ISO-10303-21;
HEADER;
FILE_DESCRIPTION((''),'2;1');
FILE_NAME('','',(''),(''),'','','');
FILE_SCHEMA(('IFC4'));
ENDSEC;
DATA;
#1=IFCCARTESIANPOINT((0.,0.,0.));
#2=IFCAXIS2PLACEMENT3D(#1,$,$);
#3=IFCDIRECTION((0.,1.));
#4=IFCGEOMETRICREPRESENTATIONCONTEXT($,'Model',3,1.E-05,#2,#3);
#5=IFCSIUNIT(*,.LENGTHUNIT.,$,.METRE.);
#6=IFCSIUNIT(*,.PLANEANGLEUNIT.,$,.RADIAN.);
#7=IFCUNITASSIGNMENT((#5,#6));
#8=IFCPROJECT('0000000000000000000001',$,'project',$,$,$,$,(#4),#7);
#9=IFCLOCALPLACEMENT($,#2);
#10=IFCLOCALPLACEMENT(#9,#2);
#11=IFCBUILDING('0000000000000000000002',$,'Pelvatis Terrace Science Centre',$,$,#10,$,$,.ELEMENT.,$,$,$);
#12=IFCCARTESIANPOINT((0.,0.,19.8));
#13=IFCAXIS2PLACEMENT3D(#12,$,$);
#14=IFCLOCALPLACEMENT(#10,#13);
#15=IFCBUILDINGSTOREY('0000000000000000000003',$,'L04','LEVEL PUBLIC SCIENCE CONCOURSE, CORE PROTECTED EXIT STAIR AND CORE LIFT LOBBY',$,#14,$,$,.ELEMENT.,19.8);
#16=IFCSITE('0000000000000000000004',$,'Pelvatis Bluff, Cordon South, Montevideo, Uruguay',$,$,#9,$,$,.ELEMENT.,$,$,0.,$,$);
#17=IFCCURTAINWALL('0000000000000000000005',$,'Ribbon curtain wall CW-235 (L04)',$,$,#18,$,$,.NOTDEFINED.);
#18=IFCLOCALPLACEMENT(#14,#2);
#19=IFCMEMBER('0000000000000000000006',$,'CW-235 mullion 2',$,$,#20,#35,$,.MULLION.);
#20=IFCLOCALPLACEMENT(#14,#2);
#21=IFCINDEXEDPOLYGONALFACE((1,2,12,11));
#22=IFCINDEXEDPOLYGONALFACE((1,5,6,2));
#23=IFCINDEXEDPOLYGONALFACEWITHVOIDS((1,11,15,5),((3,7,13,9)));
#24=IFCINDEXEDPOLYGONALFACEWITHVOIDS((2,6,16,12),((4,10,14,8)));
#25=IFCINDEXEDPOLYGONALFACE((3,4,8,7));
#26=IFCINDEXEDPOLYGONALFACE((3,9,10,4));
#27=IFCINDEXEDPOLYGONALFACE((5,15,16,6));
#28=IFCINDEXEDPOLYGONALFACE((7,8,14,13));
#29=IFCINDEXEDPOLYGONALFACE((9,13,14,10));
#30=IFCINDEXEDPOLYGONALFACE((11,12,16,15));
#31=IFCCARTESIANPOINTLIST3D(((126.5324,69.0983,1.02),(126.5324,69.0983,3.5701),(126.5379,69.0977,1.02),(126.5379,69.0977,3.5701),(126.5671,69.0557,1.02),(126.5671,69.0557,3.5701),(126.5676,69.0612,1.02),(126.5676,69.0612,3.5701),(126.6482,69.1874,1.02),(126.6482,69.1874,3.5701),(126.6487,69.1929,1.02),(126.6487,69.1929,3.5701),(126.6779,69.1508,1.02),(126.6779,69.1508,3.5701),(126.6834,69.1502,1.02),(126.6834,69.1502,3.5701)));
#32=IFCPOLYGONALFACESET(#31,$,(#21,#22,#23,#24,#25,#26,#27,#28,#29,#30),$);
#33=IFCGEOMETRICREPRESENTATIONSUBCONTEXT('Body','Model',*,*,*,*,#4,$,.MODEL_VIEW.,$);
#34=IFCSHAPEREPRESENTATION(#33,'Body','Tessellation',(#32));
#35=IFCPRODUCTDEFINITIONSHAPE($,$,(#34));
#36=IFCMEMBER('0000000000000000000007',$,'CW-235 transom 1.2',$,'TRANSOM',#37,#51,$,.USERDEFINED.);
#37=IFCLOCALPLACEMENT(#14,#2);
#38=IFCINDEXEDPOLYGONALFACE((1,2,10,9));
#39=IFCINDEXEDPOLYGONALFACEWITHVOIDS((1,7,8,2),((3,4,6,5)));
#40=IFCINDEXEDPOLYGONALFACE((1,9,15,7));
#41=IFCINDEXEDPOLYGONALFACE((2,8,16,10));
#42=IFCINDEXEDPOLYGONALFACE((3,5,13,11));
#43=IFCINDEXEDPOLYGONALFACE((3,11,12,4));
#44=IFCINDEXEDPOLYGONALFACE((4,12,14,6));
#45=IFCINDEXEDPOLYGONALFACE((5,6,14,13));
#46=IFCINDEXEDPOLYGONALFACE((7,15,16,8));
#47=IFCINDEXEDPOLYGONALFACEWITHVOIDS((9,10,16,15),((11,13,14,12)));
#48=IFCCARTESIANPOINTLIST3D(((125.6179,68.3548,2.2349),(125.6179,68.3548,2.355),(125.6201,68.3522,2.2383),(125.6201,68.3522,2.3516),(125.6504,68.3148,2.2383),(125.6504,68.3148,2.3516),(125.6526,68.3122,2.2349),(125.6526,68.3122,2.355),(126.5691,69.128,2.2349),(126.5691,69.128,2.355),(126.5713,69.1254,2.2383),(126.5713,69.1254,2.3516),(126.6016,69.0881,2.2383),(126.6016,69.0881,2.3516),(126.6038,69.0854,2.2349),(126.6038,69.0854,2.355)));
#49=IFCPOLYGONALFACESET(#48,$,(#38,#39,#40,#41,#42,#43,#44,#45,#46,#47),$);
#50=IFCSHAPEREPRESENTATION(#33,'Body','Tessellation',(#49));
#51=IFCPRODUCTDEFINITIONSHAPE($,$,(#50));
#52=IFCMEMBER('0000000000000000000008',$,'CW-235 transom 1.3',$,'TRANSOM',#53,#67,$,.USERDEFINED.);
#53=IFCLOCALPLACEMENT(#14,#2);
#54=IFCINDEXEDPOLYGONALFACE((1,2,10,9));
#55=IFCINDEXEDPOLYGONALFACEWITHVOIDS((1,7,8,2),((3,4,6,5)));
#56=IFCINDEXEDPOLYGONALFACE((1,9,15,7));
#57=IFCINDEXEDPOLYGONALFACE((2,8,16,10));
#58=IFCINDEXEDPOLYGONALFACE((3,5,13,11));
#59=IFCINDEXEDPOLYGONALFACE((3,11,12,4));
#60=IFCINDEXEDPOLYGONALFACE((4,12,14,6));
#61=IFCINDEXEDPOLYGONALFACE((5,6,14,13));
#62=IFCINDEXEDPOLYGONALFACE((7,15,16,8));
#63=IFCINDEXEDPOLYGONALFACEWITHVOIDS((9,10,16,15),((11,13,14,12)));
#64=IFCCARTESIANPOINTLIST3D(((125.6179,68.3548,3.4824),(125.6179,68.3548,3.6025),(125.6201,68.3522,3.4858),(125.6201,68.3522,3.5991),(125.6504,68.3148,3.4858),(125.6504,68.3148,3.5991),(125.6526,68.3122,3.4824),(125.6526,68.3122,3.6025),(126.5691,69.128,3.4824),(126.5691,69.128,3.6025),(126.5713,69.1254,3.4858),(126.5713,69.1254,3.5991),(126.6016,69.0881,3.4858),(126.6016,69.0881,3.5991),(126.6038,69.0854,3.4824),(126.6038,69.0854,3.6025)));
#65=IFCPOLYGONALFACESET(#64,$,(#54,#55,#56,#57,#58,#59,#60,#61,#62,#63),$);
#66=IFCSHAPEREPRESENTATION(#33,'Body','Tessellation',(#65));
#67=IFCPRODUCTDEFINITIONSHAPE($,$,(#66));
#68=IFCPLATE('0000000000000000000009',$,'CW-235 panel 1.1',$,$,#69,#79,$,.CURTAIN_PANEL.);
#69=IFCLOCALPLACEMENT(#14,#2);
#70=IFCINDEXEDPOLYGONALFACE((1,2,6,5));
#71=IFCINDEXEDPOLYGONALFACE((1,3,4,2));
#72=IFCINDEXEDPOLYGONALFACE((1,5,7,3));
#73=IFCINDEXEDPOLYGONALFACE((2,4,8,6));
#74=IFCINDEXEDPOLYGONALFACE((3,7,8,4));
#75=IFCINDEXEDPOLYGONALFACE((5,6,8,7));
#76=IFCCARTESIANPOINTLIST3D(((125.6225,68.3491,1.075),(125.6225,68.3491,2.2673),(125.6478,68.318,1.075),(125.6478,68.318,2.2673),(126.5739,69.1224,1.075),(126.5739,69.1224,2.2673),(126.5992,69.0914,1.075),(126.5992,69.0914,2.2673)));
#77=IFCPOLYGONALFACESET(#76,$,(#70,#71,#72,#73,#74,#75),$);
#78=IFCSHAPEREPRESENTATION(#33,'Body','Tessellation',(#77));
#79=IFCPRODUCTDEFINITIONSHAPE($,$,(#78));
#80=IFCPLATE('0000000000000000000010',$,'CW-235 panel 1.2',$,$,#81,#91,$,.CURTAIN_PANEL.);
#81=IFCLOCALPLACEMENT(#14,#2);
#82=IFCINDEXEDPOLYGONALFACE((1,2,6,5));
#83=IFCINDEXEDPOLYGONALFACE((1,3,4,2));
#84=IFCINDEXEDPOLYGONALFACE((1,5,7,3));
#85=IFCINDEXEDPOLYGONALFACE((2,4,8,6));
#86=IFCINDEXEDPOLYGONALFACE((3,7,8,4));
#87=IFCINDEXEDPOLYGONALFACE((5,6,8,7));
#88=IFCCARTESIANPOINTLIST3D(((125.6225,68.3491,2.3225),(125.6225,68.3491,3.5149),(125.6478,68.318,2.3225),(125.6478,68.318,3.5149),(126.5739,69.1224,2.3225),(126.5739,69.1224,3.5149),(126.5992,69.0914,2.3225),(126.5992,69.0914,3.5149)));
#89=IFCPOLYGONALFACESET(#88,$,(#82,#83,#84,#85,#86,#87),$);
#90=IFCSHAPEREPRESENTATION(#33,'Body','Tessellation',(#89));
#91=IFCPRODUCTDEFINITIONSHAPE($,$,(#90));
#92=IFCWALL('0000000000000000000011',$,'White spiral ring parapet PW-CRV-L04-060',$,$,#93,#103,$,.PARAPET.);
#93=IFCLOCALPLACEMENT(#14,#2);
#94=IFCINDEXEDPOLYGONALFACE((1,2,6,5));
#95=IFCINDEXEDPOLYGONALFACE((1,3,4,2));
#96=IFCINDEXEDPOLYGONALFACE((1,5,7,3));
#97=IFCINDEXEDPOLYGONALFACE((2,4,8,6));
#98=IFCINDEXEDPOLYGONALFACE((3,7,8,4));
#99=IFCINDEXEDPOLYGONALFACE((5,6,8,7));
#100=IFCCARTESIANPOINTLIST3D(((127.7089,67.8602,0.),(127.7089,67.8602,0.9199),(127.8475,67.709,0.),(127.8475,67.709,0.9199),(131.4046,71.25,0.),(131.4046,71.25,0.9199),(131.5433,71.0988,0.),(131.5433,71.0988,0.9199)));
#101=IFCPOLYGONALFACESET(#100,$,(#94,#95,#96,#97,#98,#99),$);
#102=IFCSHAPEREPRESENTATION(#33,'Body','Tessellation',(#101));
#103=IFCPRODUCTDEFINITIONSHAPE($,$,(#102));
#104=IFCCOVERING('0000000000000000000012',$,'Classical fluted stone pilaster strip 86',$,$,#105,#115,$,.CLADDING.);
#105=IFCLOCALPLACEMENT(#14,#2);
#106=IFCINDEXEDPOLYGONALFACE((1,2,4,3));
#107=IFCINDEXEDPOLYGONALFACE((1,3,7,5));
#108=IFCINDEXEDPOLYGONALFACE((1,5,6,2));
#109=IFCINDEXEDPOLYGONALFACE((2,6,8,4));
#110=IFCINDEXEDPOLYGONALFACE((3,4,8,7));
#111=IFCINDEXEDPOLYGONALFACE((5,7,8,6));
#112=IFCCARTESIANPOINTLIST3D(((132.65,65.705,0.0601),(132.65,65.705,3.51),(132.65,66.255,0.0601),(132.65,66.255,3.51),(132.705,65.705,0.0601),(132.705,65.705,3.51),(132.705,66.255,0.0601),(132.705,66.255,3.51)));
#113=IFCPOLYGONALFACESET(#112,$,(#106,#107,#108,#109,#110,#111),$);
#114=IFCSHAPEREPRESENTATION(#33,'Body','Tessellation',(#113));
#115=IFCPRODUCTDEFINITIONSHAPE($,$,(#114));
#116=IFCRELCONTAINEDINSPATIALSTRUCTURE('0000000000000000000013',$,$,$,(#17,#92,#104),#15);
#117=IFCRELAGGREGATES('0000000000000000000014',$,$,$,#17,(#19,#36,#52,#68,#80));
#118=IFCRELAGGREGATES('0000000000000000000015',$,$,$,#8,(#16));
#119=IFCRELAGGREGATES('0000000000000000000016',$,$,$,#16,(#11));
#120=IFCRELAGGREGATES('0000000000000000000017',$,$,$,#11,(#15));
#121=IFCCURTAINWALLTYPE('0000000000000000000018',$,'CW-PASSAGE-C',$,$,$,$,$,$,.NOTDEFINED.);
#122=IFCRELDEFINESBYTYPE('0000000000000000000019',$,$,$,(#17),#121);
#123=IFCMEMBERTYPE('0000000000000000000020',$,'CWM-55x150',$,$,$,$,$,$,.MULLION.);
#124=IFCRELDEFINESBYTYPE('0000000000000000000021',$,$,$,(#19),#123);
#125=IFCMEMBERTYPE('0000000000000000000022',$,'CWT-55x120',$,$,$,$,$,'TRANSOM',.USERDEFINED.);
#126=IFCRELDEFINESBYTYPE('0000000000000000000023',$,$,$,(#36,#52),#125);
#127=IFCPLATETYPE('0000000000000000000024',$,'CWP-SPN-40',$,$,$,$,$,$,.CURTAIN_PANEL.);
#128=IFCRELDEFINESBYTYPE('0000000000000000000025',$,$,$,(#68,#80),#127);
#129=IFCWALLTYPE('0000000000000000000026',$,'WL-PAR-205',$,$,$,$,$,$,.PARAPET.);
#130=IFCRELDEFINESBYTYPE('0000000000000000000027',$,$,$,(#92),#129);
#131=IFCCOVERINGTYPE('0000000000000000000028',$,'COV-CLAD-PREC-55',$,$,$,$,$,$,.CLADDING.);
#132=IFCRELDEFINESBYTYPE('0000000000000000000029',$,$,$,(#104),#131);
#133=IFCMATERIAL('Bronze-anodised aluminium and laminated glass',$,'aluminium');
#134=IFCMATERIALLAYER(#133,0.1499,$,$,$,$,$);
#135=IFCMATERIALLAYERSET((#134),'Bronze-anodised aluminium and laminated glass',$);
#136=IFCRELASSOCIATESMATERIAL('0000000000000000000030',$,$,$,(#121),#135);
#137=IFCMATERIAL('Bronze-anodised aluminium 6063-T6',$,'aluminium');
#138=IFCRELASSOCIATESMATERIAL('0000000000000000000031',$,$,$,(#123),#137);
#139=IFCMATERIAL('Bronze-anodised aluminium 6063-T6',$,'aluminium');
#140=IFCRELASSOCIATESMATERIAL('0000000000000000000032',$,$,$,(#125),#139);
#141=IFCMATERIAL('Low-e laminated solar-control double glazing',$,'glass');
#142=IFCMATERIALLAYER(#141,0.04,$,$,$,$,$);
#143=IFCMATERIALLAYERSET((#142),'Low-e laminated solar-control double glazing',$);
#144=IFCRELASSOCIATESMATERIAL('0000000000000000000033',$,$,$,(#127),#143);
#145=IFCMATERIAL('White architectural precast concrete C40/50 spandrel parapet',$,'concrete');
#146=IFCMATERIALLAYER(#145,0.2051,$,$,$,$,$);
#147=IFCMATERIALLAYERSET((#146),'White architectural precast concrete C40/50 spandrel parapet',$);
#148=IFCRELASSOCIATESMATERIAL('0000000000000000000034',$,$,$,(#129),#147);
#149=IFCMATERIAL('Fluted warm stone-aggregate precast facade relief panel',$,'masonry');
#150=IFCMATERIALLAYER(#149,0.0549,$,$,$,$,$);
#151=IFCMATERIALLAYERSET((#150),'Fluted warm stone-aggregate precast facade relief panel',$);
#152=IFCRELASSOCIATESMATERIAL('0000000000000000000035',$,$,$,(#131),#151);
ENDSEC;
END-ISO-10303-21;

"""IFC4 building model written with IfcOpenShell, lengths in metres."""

from ifc_helpers import new_model, si_unit, direction, frame, frame_2d, origin, origin_2d, place, context, subcontext, project, spatial, rectangle, hollow_rectangle, extrude, material, layer, layer_set, material_profile, profile_set, type_object, element, aggregate, save


model = new_model("IFC4")

# Units and contexts
model_context = context("Model", 3, precision=1e-05, world=origin(), true_north=direction((0.0, 1.0)))
body_context = subcontext(model_context, "Body", "Model", "MODEL_VIEW")
ifc_project = project(units=[si_unit("LENGTHUNIT", "METRE"), si_unit("PLANEANGLEUNIT", "RADIAN")], contexts=[model_context])

# Site, building, storey
site_placement = place(None, origin())
site = spatial("IfcSite", under=ifc_project, at=site_placement, Name="Pelvatis Bluff, Cordon South, Montevideo, Uruguay", CompositionType="ELEMENT", RefElevation=0.0)
building_placement = place(site_placement, origin())
building = spatial("IfcBuilding", under=site, at=building_placement, Name="Pelvatis Terrace Science Centre", CompositionType="ELEMENT")
storey_placement = place(building_placement, frame((0.0, 0.0, 19.8)))
storey = spatial("IfcBuildingStorey", under=building, at=storey_placement, Name="L04", Description="LEVEL PUBLIC SCIENCE CONCOURSE, CORE PROTECTED EXIT STAIR AND CORE LIFT LOBBY", CompositionType="ELEMENT", Elevation=19.8)

# Curtain wall, members, plates
ifc_material_1 = material(Name="Bronze-anodised aluminium and laminated glass", Category="aluminium")
ifc_layer_1 = layer(ifc_material_1, 0.1499)
ifc_layer_set_1 = layer_set([ifc_layer_1], Name="Bronze-anodised aluminium and laminated glass")
curtain_wall_type = type_object("IfcCurtainWallType", Name="CW-PASSAGE-C", PredefinedType="NOTDEFINED", material=ifc_layer_set_1)
curtain_wall_placement = place(storey_placement, origin())
curtain_wall = element("IfcCurtainWall", 1, at=curtain_wall_placement, inside=storey, type_object=curtain_wall_type, Name="Ribbon curtain wall CW-235 (L04)", PredefinedType="NOTDEFINED")
ifc_material_2 = material(Name="Bronze-anodised aluminium 6063-T6", Category="aluminium")
ifc_material_profile_1 = material_profile(ifc_material_2, hollow_rectangle(XDim=0.0549, YDim=0.1499, WallThickness=0.0039, at=origin_2d()), Name="ALU-MUL 55x150")
ifc_profile_set_1 = profile_set([ifc_material_profile_1], Name="Bronze-anodised aluminium 6063-T6")
member_type_1 = type_object("IfcMemberType", Name="CWM-55x150", PredefinedType="MULLION", material=ifc_profile_set_1)
member_1_placement = place(storey_placement, frame((126.6079, 69.1243, 1.02), z_axis=(0.0, 0.0, 1.0), x_axis=(-0.630757, 0.77598, 0.0)))
member_1 = element("IfcMember", 2, at=member_1_placement, type_object=member_type_1, Name="CW-235 mullion 2", PredefinedType="MULLION", context=body_context, shape_type="SweptSolid", body=[
    extrude(hollow_rectangle(XDim=0.0549, YDim=0.1499, WallThickness=0.0039, at=origin_2d()), origin(), (0.0, 0.0, 1.0), 2.55),
])
ifc_material_3 = material(Name="Bronze-anodised aluminium 6063-T6", Category="aluminium")
ifc_material_profile_2 = material_profile(ifc_material_3, hollow_rectangle(XDim=0.0549, YDim=0.1201, WallThickness=0.0034, at=origin_2d()), Name="ALU-TRN 55x120")
ifc_profile_set_2 = profile_set([ifc_material_profile_2], Name="Bronze-anodised aluminium 6063-T6")
member_type_2 = type_object("IfcMemberType", Name="CWT-55x120", ElementType="TRANSOM", PredefinedType="USERDEFINED", material=ifc_profile_set_2)
member_2_placement = place(storey_placement, frame((125.6353, 68.3335, 2.2949), z_axis=(0.775968, 0.630773, 0.0), x_axis=(-0.630773, 0.775968, 0.0)))
member_2 = element("IfcMember", 3, at=member_2_placement, type_object=member_type_2, Name="CW-235 transom 1.2", ObjectType="TRANSOM", PredefinedType="USERDEFINED", context=body_context, shape_type="SweptSolid", body=[
    extrude(hollow_rectangle(XDim=0.0549, YDim=0.1201, WallThickness=0.0034, at=origin_2d()), origin(), (0.0, 0.0, 1.0), 1.2258),
])
member_3_placement = place(storey_placement, frame((125.6353, 68.3335, 3.5425), z_axis=(0.775968, 0.630773, 0.0), x_axis=(-0.630773, 0.775968, 0.0)))
member_3 = element("IfcMember", 4, at=member_3_placement, type_object=member_type_2, Name="CW-235 transom 1.3", ObjectType="TRANSOM", PredefinedType="USERDEFINED", context=body_context, shape_type="SweptSolid", body=[
    extrude(hollow_rectangle(XDim=0.0549, YDim=0.1201, WallThickness=0.0034, at=origin_2d()), origin(), (0.0, 0.0, 1.0), 1.2258),
])
ifc_material_4 = material(Name="Low-e laminated solar-control double glazing", Category="glass")
ifc_layer_2 = layer(ifc_material_4, 0.04)
ifc_layer_set_2 = layer_set([ifc_layer_2], Name="Low-e laminated solar-control double glazing")
plate_type = type_object("IfcPlateType", Name="CWP-SPN-40", PredefinedType="CURTAIN_PANEL", material=ifc_layer_set_2)
plate_1_placement = place(storey_placement, frame((126.1108, 68.7202, 1.075), z_axis=(0.0, 0.0, 1.0), x_axis=(0.77598, 0.630757, 0.0)))
plate_1 = element("IfcPlate", 5, at=plate_1_placement, type_object=plate_type, Name="CW-235 panel 1.1", PredefinedType="CURTAIN_PANEL", context=body_context, shape_type="SweptSolid", body=[
    extrude(rectangle(XDim=1.2261, YDim=0.04, at=origin_2d()), origin(), (0.0, 0.0, 1.0), 1.1924),
])
plate_2_placement = place(storey_placement, frame((126.1108, 68.7202, 2.3225), z_axis=(0.0, 0.0, 1.0), x_axis=(0.77598, 0.630757, 0.0)))
plate_2 = element("IfcPlate", 6, at=plate_2_placement, type_object=plate_type, Name="CW-235 panel 1.2", PredefinedType="CURTAIN_PANEL", context=body_context, shape_type="SweptSolid", body=[
    extrude(rectangle(XDim=1.2261, YDim=0.04, at=origin_2d()), origin(), (0.0, 0.0, 1.0), 1.1924),
])
aggregate(curtain_wall, [member_1, member_2, member_3, plate_1, plate_2])

# Wall
ifc_material_5 = material(Name="White architectural precast concrete C40/50 spandrel parapet", Category="concrete")
ifc_layer_3 = layer(ifc_material_5, 0.2051)
ifc_layer_set_3 = layer_set([ifc_layer_3], Name="White architectural precast concrete C40/50 spandrel parapet")
wall_type = type_object("IfcWallType", Name="WL-PAR-205", PredefinedType="PARAPET", material=ifc_layer_set_3)
wall_placement = place(storey_placement, frame((127.7783, 67.7847, 0.0), z_axis=(0.0, 0.0, 1.0), x_axis=(0.736948, 0.675949, 0.0)))
element("IfcWall", 7, at=wall_placement, inside=storey, type_object=wall_type, Name="White spiral ring parapet PW-CRV-L04-060", PredefinedType="PARAPET", context=body_context, shape_type="SweptSolid", body=[
    extrude(rectangle(XDim=5.0149, YDim=0.2051, at=frame_2d((2.5073, 0.0))), origin(), (0.0, 0.0, 1.0), 0.9199),
])

# Covering
ifc_material_6 = material(Name="Fluted warm stone-aggregate precast facade relief panel", Category="masonry")
ifc_layer_4 = layer(ifc_material_6, 0.0549)
ifc_layer_set_4 = layer_set([ifc_layer_4], Name="Fluted warm stone-aggregate precast facade relief panel")
covering_type = type_object("IfcCoveringType", Name="COV-CLAD-PREC-55", PredefinedType="CLADDING", material=ifc_layer_set_4)
covering_placement = place(storey_placement, frame((132.6775, 65.98, 0.0601), z_axis=(0.0, 0.0, 1.0), x_axis=(1.0, 0.0, 0.0)))
element("IfcCovering", 8, at=covering_placement, inside=storey, type_object=covering_type, Name="Classical fluted stone pilaster strip 86", PredefinedType="CLADDING", context=body_context, shape_type="SweptSolid", body=[
    extrude(rectangle(XDim=0.0549, YDim=0.55, at=origin_2d()), origin(), (0.0, 0.0, 1.0), 3.45),
])

save(model, "model.ifc")
